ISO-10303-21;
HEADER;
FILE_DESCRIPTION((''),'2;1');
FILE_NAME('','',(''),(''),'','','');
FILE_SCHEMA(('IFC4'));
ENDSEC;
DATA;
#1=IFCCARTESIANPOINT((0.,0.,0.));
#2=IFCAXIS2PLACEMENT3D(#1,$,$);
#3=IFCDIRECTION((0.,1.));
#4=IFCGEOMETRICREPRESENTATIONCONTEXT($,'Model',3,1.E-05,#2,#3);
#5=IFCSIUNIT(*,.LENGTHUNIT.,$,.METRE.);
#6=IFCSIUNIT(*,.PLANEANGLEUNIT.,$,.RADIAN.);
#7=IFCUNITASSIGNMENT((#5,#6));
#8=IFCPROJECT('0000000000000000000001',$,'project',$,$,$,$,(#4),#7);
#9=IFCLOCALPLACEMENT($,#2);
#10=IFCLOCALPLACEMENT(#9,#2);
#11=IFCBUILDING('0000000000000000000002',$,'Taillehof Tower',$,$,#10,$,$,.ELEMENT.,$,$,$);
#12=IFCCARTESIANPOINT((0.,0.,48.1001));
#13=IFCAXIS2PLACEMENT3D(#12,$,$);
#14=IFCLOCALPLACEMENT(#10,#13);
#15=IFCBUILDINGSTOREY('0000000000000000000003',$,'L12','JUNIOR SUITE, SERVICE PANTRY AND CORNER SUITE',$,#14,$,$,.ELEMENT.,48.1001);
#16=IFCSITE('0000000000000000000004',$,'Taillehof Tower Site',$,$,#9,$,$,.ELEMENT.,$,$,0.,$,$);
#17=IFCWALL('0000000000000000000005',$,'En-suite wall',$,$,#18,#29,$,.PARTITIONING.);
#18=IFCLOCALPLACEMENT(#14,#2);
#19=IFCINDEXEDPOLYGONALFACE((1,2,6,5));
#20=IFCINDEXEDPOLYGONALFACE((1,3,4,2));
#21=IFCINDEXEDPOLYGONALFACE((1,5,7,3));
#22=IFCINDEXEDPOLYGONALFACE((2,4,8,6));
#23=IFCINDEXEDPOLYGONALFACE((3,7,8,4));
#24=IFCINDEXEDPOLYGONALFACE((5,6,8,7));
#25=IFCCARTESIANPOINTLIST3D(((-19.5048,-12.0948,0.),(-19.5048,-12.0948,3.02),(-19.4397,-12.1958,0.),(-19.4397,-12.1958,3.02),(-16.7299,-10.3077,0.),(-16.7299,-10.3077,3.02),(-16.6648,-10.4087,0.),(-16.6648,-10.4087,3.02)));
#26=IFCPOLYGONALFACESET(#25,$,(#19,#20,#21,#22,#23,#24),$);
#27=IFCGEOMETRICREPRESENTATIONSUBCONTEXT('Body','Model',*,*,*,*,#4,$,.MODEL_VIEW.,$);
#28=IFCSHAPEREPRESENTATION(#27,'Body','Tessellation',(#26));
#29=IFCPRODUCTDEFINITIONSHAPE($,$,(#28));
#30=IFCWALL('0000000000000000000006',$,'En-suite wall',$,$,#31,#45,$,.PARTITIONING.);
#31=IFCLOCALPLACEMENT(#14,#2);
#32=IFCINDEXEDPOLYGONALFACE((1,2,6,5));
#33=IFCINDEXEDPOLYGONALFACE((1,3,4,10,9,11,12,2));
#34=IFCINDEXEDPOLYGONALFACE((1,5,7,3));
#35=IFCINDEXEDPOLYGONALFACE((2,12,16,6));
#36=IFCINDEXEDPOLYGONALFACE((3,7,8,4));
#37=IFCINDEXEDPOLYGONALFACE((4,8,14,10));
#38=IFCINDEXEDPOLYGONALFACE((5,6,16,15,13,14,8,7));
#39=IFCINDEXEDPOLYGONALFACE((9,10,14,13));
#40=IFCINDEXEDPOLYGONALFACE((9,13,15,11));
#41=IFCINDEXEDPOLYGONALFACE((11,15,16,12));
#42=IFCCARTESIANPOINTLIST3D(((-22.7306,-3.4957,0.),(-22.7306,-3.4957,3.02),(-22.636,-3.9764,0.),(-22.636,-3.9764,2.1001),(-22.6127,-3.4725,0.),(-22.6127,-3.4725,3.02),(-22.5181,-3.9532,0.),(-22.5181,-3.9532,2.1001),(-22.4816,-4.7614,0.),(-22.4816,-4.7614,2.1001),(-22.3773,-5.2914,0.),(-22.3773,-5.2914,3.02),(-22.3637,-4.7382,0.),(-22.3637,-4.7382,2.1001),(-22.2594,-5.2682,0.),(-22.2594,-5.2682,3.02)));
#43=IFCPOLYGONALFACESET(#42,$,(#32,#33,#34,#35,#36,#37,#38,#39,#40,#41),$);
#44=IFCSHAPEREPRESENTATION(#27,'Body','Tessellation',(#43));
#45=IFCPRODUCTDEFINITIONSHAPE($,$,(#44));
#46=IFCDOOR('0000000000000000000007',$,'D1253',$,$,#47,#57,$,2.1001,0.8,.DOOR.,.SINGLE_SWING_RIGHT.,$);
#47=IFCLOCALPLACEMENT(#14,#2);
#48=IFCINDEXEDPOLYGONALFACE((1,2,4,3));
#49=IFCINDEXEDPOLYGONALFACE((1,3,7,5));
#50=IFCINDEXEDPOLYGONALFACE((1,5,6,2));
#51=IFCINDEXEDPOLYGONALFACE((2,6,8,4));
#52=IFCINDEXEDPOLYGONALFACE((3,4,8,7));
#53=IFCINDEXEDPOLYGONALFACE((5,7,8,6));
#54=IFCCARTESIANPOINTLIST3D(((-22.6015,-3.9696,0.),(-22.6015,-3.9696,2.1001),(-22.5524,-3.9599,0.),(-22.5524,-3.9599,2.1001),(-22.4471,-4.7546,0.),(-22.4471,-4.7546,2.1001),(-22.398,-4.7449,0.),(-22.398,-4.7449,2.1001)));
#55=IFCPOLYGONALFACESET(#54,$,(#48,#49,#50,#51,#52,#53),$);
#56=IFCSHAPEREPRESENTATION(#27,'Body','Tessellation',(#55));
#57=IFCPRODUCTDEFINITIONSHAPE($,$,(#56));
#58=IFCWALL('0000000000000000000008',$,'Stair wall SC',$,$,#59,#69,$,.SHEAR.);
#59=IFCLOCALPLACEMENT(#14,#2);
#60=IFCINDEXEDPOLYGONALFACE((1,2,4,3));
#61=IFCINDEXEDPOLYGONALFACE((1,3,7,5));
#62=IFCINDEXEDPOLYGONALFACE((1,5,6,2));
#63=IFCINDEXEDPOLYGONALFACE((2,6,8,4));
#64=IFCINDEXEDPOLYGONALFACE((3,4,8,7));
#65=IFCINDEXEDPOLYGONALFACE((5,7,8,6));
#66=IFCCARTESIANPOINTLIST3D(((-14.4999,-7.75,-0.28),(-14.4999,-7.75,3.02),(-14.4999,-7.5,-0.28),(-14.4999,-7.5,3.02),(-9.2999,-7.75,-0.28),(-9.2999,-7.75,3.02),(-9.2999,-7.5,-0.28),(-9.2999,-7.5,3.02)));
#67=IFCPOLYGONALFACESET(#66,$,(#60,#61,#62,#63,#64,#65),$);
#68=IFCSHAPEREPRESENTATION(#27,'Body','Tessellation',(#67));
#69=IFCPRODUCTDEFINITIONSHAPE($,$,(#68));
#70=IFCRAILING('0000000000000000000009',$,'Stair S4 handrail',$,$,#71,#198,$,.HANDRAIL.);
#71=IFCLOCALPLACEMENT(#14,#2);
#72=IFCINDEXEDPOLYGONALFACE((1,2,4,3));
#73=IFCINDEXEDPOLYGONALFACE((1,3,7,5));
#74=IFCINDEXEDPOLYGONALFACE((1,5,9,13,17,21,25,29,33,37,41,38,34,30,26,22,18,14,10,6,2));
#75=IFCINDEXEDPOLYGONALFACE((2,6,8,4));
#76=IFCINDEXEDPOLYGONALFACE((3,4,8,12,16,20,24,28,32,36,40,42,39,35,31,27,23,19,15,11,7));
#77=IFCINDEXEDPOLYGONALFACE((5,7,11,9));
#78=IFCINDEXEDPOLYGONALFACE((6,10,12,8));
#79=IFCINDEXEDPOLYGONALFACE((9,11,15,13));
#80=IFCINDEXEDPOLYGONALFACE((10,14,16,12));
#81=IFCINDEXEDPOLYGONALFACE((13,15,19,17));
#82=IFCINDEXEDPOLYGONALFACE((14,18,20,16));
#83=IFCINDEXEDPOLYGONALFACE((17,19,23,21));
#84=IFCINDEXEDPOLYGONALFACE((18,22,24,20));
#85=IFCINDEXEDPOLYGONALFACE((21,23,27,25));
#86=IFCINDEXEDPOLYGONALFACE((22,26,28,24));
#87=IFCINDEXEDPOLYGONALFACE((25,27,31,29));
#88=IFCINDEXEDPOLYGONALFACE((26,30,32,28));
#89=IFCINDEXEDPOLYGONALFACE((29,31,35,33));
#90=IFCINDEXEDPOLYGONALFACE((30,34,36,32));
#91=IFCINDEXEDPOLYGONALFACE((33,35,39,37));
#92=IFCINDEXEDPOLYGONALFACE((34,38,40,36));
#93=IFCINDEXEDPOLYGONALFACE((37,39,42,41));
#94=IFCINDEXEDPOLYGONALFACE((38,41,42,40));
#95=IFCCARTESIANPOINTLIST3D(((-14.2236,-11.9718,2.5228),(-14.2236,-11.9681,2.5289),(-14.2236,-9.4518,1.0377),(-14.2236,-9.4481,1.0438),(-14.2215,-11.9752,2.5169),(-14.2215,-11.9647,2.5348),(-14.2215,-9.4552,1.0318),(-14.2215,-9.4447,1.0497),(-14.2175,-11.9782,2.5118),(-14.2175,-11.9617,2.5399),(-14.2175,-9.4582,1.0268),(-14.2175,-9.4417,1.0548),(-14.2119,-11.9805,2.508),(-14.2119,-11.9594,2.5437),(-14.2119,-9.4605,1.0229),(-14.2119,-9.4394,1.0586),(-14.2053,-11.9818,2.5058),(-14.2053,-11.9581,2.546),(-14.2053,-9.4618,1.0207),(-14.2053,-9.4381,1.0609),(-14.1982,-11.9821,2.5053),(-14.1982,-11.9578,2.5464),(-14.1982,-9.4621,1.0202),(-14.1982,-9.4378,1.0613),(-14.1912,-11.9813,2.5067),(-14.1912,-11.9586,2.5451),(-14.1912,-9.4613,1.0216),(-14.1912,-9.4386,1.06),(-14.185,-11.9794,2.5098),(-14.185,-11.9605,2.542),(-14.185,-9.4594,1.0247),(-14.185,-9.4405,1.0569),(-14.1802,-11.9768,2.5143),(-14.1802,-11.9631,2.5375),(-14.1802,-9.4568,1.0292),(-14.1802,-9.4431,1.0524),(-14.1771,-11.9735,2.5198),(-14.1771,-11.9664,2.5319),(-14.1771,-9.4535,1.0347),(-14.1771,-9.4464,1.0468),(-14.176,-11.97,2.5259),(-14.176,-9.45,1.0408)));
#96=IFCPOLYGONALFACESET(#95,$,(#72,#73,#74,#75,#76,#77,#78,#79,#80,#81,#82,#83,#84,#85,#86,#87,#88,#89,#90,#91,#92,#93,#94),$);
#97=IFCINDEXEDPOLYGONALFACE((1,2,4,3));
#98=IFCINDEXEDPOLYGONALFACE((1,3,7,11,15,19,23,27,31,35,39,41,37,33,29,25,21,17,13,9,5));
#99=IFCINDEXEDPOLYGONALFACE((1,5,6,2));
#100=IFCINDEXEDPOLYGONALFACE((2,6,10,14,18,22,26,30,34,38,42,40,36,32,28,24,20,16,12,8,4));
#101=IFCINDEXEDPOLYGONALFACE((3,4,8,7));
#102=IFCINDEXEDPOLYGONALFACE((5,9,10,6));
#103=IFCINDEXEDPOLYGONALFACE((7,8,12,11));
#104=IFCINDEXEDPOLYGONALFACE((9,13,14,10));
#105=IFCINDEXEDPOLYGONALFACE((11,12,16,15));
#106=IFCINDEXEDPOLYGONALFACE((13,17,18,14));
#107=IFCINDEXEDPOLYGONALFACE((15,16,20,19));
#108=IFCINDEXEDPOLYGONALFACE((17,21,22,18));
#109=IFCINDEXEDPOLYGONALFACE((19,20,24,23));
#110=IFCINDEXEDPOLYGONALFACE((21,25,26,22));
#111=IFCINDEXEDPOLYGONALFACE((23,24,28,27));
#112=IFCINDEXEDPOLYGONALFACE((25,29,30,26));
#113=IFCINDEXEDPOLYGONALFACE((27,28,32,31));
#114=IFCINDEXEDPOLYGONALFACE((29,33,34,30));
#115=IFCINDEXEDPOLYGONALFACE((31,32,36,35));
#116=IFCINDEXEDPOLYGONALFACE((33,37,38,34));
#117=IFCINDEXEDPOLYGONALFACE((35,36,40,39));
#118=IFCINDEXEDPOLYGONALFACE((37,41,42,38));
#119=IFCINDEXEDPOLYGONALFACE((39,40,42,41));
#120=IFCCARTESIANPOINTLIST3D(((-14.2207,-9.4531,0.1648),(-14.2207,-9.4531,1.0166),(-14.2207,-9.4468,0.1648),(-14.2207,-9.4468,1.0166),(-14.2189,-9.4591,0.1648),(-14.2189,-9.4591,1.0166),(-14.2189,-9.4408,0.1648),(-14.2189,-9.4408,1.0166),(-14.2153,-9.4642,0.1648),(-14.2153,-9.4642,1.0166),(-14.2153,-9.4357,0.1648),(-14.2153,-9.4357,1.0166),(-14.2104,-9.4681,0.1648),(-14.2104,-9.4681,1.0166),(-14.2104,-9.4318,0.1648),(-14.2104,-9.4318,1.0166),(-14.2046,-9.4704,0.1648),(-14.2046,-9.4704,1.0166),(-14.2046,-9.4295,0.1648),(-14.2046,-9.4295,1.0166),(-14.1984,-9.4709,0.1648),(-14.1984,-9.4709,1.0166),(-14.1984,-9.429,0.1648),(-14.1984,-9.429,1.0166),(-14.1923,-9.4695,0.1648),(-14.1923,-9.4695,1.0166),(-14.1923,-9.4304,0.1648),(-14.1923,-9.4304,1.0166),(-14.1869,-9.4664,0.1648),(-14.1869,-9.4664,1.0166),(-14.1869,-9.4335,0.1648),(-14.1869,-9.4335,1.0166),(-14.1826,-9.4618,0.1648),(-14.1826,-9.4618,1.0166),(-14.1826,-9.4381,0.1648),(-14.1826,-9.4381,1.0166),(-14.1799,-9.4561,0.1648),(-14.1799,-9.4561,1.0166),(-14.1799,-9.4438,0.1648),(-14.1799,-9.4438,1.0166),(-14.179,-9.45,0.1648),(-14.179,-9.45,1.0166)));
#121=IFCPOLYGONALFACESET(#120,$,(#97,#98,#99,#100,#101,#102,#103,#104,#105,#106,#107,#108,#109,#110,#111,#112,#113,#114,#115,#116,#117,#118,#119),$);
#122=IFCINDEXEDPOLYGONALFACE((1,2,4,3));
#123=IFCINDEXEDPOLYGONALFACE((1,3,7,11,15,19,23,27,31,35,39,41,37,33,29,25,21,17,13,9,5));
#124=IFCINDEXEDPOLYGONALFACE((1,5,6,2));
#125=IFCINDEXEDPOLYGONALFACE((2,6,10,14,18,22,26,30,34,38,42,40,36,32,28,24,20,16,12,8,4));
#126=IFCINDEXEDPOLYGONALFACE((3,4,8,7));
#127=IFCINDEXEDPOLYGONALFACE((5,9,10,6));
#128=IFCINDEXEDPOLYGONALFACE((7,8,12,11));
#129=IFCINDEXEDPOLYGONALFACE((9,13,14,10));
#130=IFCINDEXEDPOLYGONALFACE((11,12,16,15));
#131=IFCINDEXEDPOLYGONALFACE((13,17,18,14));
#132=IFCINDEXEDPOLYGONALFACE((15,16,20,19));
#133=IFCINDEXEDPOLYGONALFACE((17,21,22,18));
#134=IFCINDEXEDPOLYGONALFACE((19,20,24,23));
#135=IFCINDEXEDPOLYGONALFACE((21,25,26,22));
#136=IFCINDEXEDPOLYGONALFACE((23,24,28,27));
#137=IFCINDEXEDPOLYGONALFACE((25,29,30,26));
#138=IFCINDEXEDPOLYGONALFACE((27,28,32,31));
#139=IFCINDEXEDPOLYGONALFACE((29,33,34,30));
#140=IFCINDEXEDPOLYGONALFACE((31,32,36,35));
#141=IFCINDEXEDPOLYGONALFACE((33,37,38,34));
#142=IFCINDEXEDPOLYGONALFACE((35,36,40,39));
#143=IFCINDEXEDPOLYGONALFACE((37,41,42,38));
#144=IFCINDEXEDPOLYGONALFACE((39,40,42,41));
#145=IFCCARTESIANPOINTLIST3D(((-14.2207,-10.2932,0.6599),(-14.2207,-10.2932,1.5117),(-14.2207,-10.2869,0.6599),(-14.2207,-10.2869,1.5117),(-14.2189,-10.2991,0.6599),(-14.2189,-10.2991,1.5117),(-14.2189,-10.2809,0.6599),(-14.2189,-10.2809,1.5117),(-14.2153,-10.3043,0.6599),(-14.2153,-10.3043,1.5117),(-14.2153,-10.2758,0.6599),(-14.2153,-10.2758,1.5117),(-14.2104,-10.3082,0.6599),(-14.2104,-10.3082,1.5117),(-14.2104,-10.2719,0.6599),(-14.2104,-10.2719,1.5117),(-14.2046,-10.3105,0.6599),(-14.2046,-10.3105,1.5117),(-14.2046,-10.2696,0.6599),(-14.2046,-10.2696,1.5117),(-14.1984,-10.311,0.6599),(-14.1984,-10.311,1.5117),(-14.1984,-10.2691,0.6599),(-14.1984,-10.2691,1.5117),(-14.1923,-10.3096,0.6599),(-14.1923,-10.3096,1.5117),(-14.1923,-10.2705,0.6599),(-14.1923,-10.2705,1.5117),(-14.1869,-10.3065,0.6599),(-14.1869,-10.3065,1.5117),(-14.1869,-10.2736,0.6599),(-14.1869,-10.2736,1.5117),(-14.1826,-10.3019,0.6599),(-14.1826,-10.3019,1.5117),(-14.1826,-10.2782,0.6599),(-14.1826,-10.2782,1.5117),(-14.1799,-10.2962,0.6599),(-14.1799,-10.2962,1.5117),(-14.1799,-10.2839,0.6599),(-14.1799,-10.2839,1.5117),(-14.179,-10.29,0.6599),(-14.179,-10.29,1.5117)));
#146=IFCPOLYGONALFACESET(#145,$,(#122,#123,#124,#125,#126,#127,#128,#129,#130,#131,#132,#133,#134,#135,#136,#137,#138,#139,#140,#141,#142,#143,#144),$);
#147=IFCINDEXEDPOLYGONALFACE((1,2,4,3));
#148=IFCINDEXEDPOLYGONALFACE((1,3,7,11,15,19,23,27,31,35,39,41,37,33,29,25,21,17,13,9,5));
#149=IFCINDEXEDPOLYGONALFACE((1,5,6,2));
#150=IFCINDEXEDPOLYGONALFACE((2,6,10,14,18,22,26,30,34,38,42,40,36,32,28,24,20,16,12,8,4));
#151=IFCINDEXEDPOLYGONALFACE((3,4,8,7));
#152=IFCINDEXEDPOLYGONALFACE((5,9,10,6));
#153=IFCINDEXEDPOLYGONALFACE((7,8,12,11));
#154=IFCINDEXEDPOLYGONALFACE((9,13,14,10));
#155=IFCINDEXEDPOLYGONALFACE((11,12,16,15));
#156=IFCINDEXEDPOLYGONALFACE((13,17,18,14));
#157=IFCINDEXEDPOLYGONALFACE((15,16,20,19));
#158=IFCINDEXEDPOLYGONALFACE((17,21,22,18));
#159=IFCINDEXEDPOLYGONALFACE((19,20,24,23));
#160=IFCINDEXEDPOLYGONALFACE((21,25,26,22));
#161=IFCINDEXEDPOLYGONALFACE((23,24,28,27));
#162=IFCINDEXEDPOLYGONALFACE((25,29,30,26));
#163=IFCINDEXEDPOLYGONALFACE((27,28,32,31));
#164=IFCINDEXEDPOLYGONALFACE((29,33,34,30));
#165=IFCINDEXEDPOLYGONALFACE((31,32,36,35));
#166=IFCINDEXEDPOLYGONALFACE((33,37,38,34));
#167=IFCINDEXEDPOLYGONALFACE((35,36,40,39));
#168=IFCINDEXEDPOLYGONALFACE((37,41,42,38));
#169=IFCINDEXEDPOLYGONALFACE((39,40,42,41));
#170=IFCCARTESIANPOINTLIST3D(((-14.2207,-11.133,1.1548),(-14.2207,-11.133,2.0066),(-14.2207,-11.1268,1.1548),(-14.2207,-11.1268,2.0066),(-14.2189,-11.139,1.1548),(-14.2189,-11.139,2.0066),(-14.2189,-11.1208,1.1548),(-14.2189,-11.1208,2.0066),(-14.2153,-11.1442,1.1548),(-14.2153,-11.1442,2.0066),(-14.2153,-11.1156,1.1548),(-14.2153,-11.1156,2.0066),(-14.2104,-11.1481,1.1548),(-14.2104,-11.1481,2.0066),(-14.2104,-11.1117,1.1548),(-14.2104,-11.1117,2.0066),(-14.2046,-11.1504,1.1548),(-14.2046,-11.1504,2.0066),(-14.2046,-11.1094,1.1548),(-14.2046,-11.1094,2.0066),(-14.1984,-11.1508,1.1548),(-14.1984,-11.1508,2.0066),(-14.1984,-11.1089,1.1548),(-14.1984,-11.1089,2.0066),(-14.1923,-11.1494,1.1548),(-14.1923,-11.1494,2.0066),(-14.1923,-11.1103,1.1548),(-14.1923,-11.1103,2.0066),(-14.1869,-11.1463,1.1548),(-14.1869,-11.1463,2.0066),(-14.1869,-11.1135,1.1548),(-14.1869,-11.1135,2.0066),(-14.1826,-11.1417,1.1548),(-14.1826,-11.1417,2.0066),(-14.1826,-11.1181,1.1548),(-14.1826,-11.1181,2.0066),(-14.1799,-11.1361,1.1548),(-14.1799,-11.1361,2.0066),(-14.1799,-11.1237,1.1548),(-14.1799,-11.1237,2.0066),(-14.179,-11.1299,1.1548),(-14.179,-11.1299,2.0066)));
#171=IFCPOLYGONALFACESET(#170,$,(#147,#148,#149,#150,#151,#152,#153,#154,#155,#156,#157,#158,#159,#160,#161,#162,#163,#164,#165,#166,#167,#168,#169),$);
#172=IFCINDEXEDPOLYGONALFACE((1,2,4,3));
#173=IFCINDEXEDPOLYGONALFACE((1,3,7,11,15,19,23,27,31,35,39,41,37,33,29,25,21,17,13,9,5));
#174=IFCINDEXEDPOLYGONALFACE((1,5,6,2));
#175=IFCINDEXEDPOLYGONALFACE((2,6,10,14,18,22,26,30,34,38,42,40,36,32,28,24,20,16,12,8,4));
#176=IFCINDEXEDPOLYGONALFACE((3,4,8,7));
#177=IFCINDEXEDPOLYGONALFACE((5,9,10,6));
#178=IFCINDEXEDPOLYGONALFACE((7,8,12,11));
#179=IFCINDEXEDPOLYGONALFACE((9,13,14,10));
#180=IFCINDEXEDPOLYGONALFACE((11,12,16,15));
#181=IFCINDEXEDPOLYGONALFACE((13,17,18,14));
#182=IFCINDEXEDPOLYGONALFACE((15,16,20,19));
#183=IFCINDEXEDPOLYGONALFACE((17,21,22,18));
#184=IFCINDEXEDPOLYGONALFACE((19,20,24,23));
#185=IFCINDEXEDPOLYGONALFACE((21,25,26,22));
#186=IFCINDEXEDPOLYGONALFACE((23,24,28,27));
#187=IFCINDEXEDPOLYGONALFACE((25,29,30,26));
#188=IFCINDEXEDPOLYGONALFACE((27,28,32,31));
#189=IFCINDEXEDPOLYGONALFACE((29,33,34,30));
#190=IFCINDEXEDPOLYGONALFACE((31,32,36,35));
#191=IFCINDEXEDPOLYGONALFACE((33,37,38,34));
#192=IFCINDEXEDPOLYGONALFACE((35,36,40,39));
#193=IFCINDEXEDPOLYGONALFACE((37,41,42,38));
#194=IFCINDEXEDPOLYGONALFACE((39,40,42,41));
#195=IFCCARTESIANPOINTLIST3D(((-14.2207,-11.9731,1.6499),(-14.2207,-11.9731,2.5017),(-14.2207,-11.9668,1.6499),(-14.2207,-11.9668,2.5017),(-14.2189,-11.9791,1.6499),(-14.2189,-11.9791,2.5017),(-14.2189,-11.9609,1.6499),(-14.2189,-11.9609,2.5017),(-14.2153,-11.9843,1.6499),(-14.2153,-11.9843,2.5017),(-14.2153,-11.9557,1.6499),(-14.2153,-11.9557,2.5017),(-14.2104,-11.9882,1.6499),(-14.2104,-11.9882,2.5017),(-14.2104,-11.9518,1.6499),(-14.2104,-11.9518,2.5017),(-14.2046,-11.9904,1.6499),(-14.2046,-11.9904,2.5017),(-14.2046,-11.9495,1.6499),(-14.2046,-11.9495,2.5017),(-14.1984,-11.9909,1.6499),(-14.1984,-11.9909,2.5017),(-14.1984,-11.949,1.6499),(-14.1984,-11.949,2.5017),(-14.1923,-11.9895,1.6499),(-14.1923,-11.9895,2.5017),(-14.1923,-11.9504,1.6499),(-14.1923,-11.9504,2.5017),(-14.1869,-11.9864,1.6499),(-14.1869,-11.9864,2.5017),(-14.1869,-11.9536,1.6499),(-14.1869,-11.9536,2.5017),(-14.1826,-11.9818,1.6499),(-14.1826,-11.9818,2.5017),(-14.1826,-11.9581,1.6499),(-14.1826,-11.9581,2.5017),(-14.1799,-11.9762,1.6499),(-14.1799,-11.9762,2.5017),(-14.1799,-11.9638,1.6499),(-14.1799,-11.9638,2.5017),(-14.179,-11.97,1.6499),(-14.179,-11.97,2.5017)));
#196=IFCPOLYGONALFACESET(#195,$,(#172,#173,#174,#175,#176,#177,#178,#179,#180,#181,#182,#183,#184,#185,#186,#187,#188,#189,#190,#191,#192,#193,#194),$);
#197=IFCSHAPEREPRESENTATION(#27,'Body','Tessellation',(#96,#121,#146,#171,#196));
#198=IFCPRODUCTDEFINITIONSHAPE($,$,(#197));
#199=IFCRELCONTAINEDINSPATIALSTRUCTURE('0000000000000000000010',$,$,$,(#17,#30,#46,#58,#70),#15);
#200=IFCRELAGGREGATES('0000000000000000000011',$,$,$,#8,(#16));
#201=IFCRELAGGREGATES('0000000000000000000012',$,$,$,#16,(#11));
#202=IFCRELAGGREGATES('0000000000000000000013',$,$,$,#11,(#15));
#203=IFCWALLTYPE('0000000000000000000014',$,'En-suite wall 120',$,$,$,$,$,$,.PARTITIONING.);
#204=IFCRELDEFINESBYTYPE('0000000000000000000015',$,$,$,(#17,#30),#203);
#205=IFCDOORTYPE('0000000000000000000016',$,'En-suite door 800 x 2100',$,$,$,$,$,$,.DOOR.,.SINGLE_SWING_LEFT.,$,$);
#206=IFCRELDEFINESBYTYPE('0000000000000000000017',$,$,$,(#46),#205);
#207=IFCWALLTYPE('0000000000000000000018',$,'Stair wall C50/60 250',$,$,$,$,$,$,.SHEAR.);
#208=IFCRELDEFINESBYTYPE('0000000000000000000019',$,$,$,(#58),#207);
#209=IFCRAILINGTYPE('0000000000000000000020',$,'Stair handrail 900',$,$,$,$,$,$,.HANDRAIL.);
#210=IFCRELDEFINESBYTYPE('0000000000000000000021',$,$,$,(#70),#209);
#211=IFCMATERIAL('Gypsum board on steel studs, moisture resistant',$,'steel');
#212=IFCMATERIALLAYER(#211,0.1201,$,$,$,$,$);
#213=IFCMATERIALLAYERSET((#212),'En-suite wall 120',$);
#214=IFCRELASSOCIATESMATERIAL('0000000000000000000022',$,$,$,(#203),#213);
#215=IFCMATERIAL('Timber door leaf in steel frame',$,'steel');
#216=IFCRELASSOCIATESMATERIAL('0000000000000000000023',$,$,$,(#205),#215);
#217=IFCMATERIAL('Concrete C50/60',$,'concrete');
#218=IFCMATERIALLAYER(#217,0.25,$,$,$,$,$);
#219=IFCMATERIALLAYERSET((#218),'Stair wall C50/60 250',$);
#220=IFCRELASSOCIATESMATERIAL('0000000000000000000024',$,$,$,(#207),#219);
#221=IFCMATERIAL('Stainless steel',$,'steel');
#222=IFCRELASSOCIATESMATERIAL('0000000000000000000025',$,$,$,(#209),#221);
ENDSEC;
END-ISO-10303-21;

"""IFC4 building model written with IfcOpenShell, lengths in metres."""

from ifc_helpers import new_model, si_unit, direction, frame, frame_2d, origin, origin_2d, place, context, subcontext, project, spatial, rectangle, circle, extrude, material, layer, layer_set, type_object, element, fill, save


model = new_model("IFC4")

# Units and contexts
model_context = context("Model", 3, precision=1e-05, world=origin(), true_north=direction((0.0, 1.0)))
body_context = subcontext(model_context, "Body", "Model", "MODEL_VIEW")
ifc_project = project(units=[si_unit("LENGTHUNIT", "METRE"), si_unit("PLANEANGLEUNIT", "RADIAN")], contexts=[model_context])

# Site, building, storey
site_placement = place(None, origin())
site = spatial("IfcSite", under=ifc_project, at=site_placement, Name="Taillehof Tower Site", CompositionType="ELEMENT", RefElevation=0.0)
building_placement = place(site_placement, origin())
building = spatial("IfcBuilding", under=site, at=building_placement, Name="Taillehof Tower", CompositionType="ELEMENT")
storey_placement = place(building_placement, frame((0.0, 0.0, 48.1001)))
storey = spatial("IfcBuildingStorey", under=building, at=storey_placement, Name="L12", Description="JUNIOR SUITE, SERVICE PANTRY AND CORNER SUITE", CompositionType="ELEMENT", Elevation=48.1001)

# Wall
ifc_material_1 = material(Name="Gypsum board on steel studs, moisture resistant", Category="steel")
ifc_layer_1 = layer(ifc_material_1, 0.1201)
ifc_layer_set_1 = layer_set([ifc_layer_1], Name="En-suite wall 120")
wall_type_1 = type_object("IfcWallType", Name="En-suite wall 120", PredefinedType="PARTITIONING", material=ifc_layer_set_1)
wall_1_placement = place(storey_placement, frame((-16.6973, -10.3582, 0.0), z_axis=(0.0, 0.0, 1.0), x_axis=(-0.840731, -0.541453, 0.0)))
element("IfcWall", 1, at=wall_1_placement, inside=storey, type_object=wall_type_1, Name="En-suite wall", PredefinedType="PARTITIONING", context=body_context, shape_type="SweptSolid", body=[
    extrude(rectangle(XDim=3.3005, YDim=0.1201, at=frame_2d((1.6504, 0.0))), origin(), (0.0, 0.0, 1.0), 3.02),
])

# Wall, opening, door
wall_2_placement = place(storey_placement, frame((-22.3184, -5.2798, 0.0), z_axis=(0.0, 0.0, 1.0), x_axis=(-0.193037, 0.981192, 0.0)))
wall_2 = element("IfcWall", 2, at=wall_2_placement, inside=storey, type_object=wall_type_1, Name="En-suite wall", PredefinedType="PARTITIONING", context=body_context, shape_type="SweptSolid", body=[
    extrude(rectangle(XDim=1.8301, YDim=0.1201, at=frame_2d((0.915, 0.0))), origin(), (0.0, 0.0, 1.0), 3.02),
])
opening_1_placement = place(wall_2_placement, frame((0.5403, 0.0, 0.0)))
opening_1 = element("IfcOpeningElement", 3, at=opening_1_placement, cuts=wall_2, PredefinedType="OPENING", context=body_context, shape_type="SweptSolid", body=[
    extrude(rectangle(XDim=0.8, YDim=2.1001, at=frame_2d((0.3999, 1.05))), frame((0.0, 0.0701, 0.0), z_axis=(0.0, -1.0, 0.0), x_axis=(1.0, 0.0, 0.0)), (0.0, 0.0, 1.0), 0.1401),
])
ifc_material_2 = material(Name="Timber door leaf in steel frame", Category="steel")
door_type_1 = type_object("IfcDoorType", Name="En-suite door 800 x 2100", OperationType="SINGLE_SWING_LEFT", PredefinedType="DOOR", material=ifc_material_2)
door_1_placement = place(opening_1_placement, origin())
door_1 = element("IfcDoor", 4, at=door_1_placement, inside=storey, type_object=door_type_1, Name="D1253", OperationType="SINGLE_SWING_RIGHT", OverallHeight=2.1001, OverallWidth=0.8, PredefinedType="DOOR", context=body_context, shape_type="SweptSolid", body=[
    extrude(rectangle(XDim=0.8, YDim=2.1001, at=frame_2d((0.3999, 1.05))), frame((0.0, 0.0249, 0.0), z_axis=(0.0, -1.0, 0.0), x_axis=(1.0, 0.0, 0.0)), (0.0, 0.0, 1.0), 0.05),
])
fill(opening_1, door_1)

# Wall
ifc_material_3 = material(Name="Concrete C50/60", Category="concrete")
ifc_layer_2 = layer(ifc_material_3, 0.25)
ifc_layer_set_2 = layer_set([ifc_layer_2], Name="Stair wall C50/60 250")
wall_type_2 = type_object("IfcWallType", Name="Stair wall C50/60 250", PredefinedType="SHEAR", material=ifc_layer_set_2)
wall_3_placement = place(storey_placement, frame((-14.5, -7.625, -0.28), z_axis=(0.0, 0.0, 1.0), x_axis=(1.0, 0.0, 0.0)))
element("IfcWall", 5, at=wall_3_placement, inside=storey, type_object=wall_type_2, Name="Stair wall SC", PredefinedType="SHEAR", context=body_context, shape_type="SweptSolid", body=[
    extrude(rectangle(XDim=5.2, YDim=0.25, at=frame_2d((2.6001, 0.0))), origin(), (0.0, 0.0, 1.0), 3.3),
])

# Railing
ifc_material_4 = material(Name="Stainless steel", Category="steel")
railing_type = type_object("IfcRailingType", Name="Stair handrail 900", PredefinedType="HANDRAIL", material=ifc_material_4)
railing_placement = place(storey_placement, frame((-14.2, -9.45, 0.1648)))
element("IfcRailing", 6, at=railing_placement, inside=storey, type_object=railing_type, Name="Stair S4 handrail", PredefinedType="HANDRAIL", context=body_context, shape_type="SweptSolid", body=[
    extrude(circle(Radius=0.0239, at=origin_2d()), frame((0.0, 0.0, 0.876), z_axis=(0.0, -0.861524, 0.507717), x_axis=(1.0, 0.0, 0.0)), (0.0, 0.0, 1.0), 2.925),
    extrude(circle(Radius=0.021, at=origin_2d()), origin(), (0.0, 0.0, 1.0), 0.8518),
    extrude(circle(Radius=0.021, at=origin_2d()), frame((0.0, -0.8401, 0.4951)), (0.0, 0.0, 1.0), 0.8518),
    extrude(circle(Radius=0.021, at=origin_2d()), frame((0.0, -1.6799, 0.99)), (0.0, 0.0, 1.0), 0.8518),
    extrude(circle(Radius=0.021, at=origin_2d()), frame((0.0, -2.52, 1.4851)), (0.0, 0.0, 1.0), 0.8518),
])

save(model, "model.ifc")
